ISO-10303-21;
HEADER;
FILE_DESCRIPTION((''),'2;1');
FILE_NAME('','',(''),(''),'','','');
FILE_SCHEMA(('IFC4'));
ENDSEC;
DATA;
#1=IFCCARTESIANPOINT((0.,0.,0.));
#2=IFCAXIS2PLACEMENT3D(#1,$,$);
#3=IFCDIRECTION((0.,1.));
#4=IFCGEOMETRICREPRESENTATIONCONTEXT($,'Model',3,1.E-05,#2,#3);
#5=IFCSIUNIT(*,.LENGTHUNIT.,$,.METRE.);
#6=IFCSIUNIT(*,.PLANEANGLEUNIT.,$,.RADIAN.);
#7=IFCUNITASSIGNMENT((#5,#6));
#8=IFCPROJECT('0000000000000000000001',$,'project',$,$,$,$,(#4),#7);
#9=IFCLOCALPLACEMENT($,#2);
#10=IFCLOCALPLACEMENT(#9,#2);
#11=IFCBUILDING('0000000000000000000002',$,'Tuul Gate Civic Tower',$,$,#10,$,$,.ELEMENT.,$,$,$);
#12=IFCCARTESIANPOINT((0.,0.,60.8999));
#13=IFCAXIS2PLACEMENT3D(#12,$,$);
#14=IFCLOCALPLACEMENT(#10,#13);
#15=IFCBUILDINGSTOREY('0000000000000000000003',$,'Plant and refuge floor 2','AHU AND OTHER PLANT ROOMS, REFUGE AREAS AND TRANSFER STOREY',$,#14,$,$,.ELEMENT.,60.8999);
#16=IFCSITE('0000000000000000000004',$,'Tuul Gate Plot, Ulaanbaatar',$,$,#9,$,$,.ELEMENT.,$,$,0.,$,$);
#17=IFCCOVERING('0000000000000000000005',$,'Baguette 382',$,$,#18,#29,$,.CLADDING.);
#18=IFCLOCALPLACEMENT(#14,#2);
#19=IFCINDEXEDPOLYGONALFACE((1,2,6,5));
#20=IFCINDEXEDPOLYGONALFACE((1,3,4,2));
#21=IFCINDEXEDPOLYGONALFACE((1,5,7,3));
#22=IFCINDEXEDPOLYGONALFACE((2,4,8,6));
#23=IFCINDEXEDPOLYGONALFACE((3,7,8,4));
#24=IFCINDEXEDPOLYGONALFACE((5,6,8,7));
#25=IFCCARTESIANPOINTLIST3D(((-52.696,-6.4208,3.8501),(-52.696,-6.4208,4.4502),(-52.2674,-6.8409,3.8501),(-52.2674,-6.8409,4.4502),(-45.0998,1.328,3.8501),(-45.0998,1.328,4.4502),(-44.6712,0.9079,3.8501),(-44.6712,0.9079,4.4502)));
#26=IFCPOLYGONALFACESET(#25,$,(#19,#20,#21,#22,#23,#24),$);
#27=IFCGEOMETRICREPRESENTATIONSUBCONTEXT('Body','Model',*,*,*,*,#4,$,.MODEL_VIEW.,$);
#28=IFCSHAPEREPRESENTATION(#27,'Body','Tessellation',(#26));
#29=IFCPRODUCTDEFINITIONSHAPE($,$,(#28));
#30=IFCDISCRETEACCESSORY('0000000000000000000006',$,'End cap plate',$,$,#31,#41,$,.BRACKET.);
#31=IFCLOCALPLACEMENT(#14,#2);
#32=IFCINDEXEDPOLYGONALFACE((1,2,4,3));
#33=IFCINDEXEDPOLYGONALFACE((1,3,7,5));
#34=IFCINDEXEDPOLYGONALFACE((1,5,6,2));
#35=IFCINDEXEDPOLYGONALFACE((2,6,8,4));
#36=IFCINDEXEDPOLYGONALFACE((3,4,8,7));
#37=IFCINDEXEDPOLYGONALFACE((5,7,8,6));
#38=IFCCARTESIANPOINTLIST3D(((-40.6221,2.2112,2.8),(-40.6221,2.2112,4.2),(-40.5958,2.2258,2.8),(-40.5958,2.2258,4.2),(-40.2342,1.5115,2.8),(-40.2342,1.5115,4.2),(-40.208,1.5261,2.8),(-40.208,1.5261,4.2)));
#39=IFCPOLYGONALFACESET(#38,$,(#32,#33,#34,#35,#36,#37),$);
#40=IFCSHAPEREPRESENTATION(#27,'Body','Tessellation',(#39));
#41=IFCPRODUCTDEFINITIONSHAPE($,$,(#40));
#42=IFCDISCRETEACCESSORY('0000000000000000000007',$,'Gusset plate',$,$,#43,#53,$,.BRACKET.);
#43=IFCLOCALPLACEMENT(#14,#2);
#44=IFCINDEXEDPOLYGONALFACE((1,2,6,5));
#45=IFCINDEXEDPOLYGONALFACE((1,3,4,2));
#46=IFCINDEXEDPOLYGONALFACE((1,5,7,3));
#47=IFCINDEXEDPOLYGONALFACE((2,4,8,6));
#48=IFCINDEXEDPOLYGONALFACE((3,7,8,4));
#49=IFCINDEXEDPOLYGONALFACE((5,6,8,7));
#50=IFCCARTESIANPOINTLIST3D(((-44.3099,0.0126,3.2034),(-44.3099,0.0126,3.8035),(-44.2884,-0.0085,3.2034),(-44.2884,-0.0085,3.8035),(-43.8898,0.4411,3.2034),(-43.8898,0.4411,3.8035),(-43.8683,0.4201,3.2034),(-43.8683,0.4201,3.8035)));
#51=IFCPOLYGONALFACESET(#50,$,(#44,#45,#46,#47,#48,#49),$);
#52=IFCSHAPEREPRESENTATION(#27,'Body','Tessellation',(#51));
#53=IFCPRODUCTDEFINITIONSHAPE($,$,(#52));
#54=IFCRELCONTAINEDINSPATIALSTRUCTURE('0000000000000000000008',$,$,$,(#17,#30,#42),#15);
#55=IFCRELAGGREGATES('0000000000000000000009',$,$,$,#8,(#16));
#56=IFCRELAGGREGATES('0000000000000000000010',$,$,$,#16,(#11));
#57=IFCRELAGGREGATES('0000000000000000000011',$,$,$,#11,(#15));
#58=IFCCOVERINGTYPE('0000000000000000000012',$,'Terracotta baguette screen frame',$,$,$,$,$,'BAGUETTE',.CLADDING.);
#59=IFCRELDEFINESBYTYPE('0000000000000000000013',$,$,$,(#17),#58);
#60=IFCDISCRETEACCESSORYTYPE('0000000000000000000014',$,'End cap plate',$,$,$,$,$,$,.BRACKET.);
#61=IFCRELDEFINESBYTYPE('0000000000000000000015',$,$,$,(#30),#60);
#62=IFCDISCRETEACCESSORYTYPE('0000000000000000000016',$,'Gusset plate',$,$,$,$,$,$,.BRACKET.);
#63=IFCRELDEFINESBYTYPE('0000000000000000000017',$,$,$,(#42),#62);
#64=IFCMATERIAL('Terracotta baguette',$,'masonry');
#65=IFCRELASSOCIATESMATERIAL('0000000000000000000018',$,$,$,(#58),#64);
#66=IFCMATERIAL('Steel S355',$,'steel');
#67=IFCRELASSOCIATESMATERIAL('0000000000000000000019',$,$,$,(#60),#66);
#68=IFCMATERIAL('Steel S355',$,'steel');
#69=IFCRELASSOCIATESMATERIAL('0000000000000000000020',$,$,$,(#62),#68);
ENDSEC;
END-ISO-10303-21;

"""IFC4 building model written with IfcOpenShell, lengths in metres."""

from ifc_helpers import new_model, si_unit, direction, frame, origin, origin_2d, place, context, subcontext, project, spatial, rectangle, extrude, material, material_profile, profile_set, type_object, element, save


model = new_model("IFC4")

# Units and contexts
model_context = context("Model", 3, precision=1e-05, world=origin(), true_north=direction((0.0, 1.0)))
body_context = subcontext(model_context, "Body", "Model", "MODEL_VIEW")
ifc_project = project(units=[si_unit("LENGTHUNIT", "METRE"), si_unit("PLANEANGLEUNIT", "RADIAN")], contexts=[model_context])

# Site, building, storey
site_placement = place(None, origin())
site = spatial("IfcSite", under=ifc_project, at=site_placement, Name="Tuul Gate Plot, Ulaanbaatar", CompositionType="ELEMENT", RefElevation=0.0)
building_placement = place(site_placement, origin())
building = spatial("IfcBuilding", under=site, at=building_placement, Name="Tuul Gate Civic Tower", CompositionType="ELEMENT")
storey_placement = place(building_placement, frame((0.0, 0.0, 60.8999)))
storey = spatial("IfcBuildingStorey", under=building, at=storey_placement, Name="Plant and refuge floor 2", Description="AHU AND OTHER PLANT ROOMS, REFUGE AREAS AND TRANSFER STOREY", CompositionType="ELEMENT", Elevation=60.8999)

# Covering
ifc_material_1 = material(Name="Terracotta baguette", Category="masonry")
ifc_material_profile_1 = material_profile(ifc_material_1, rectangle(XDim=0.6001, YDim=0.6001, at=origin_2d()), Name="Terracotta baguette screen frame")
ifc_profile_set_1 = profile_set([ifc_material_profile_1], Name="Terracotta baguette")
covering_type = type_object("IfcCoveringType", Name="Terracotta baguette screen frame", ElementType="BAGUETTE", PredefinedType="CLADDING", material=ifc_profile_set_1)
covering_1_placement = place(storey_placement, frame((-44.8855, 1.1179, 4.1501), z_axis=(-0.700041, -0.714103, 0.0), x_axis=(0.714103, -0.700041, 0.0)))
element("IfcCovering", 1, at=covering_1_placement, inside=storey, type_object=covering_type, Name="Baguette 382", PredefinedType="CLADDING", context=body_context, shape_type="SweptSolid", body=[
    extrude(rectangle(XDim=0.6001, YDim=0.6001, at=origin_2d()), origin(), (0.0, 0.0, 1.0), 10.8511),
])

# Discrete accessories
ifc_material_2 = material(Name="Steel S355", Category="steel")
discrete_accessory_type_1 = type_object("IfcDiscreteAccessoryType", Name="End cap plate", PredefinedType="BRACKET", material=ifc_material_2)
discrete_accessory_1_placement = place(storey_placement, frame((-40.415, 1.8687, 2.8), z_axis=(0.0, 0.0, 1.0), x_axis=(-0.874625, -0.4848, 0.0)))
element("IfcDiscreteAccessory", 2, at=discrete_accessory_1_placement, inside=storey, type_object=discrete_accessory_type_1, Name="End cap plate", PredefinedType="BRACKET", context=body_context, shape_type="SweptSolid", body=[
    extrude(rectangle(XDim=0.03, YDim=0.8, at=origin_2d()), origin(), (0.0, 0.0, 1.0), 1.3999),
])
ifc_material_3 = material(Name="Steel S355", Category="steel")
discrete_accessory_type_2 = type_object("IfcDiscreteAccessoryType", Name="Gusset plate", PredefinedType="BRACKET", material=ifc_material_3)
discrete_accessory_2_placement = place(storey_placement, frame((-44.0891, 0.2163, 3.2034), z_axis=(0.0, 0.0, 1.0), x_axis=(-0.700048, -0.714096, 0.0)))
element("IfcDiscreteAccessory", 3, at=discrete_accessory_2_placement, inside=storey, type_object=discrete_accessory_type_2, Name="Gusset plate", PredefinedType="BRACKET", context=body_context, shape_type="SweptSolid", body=[
    extrude(rectangle(XDim=0.6001, YDim=0.03, at=origin_2d()), origin(), (0.0, 0.0, 1.0), 0.6001),
])

save(model, "model.ifc")
